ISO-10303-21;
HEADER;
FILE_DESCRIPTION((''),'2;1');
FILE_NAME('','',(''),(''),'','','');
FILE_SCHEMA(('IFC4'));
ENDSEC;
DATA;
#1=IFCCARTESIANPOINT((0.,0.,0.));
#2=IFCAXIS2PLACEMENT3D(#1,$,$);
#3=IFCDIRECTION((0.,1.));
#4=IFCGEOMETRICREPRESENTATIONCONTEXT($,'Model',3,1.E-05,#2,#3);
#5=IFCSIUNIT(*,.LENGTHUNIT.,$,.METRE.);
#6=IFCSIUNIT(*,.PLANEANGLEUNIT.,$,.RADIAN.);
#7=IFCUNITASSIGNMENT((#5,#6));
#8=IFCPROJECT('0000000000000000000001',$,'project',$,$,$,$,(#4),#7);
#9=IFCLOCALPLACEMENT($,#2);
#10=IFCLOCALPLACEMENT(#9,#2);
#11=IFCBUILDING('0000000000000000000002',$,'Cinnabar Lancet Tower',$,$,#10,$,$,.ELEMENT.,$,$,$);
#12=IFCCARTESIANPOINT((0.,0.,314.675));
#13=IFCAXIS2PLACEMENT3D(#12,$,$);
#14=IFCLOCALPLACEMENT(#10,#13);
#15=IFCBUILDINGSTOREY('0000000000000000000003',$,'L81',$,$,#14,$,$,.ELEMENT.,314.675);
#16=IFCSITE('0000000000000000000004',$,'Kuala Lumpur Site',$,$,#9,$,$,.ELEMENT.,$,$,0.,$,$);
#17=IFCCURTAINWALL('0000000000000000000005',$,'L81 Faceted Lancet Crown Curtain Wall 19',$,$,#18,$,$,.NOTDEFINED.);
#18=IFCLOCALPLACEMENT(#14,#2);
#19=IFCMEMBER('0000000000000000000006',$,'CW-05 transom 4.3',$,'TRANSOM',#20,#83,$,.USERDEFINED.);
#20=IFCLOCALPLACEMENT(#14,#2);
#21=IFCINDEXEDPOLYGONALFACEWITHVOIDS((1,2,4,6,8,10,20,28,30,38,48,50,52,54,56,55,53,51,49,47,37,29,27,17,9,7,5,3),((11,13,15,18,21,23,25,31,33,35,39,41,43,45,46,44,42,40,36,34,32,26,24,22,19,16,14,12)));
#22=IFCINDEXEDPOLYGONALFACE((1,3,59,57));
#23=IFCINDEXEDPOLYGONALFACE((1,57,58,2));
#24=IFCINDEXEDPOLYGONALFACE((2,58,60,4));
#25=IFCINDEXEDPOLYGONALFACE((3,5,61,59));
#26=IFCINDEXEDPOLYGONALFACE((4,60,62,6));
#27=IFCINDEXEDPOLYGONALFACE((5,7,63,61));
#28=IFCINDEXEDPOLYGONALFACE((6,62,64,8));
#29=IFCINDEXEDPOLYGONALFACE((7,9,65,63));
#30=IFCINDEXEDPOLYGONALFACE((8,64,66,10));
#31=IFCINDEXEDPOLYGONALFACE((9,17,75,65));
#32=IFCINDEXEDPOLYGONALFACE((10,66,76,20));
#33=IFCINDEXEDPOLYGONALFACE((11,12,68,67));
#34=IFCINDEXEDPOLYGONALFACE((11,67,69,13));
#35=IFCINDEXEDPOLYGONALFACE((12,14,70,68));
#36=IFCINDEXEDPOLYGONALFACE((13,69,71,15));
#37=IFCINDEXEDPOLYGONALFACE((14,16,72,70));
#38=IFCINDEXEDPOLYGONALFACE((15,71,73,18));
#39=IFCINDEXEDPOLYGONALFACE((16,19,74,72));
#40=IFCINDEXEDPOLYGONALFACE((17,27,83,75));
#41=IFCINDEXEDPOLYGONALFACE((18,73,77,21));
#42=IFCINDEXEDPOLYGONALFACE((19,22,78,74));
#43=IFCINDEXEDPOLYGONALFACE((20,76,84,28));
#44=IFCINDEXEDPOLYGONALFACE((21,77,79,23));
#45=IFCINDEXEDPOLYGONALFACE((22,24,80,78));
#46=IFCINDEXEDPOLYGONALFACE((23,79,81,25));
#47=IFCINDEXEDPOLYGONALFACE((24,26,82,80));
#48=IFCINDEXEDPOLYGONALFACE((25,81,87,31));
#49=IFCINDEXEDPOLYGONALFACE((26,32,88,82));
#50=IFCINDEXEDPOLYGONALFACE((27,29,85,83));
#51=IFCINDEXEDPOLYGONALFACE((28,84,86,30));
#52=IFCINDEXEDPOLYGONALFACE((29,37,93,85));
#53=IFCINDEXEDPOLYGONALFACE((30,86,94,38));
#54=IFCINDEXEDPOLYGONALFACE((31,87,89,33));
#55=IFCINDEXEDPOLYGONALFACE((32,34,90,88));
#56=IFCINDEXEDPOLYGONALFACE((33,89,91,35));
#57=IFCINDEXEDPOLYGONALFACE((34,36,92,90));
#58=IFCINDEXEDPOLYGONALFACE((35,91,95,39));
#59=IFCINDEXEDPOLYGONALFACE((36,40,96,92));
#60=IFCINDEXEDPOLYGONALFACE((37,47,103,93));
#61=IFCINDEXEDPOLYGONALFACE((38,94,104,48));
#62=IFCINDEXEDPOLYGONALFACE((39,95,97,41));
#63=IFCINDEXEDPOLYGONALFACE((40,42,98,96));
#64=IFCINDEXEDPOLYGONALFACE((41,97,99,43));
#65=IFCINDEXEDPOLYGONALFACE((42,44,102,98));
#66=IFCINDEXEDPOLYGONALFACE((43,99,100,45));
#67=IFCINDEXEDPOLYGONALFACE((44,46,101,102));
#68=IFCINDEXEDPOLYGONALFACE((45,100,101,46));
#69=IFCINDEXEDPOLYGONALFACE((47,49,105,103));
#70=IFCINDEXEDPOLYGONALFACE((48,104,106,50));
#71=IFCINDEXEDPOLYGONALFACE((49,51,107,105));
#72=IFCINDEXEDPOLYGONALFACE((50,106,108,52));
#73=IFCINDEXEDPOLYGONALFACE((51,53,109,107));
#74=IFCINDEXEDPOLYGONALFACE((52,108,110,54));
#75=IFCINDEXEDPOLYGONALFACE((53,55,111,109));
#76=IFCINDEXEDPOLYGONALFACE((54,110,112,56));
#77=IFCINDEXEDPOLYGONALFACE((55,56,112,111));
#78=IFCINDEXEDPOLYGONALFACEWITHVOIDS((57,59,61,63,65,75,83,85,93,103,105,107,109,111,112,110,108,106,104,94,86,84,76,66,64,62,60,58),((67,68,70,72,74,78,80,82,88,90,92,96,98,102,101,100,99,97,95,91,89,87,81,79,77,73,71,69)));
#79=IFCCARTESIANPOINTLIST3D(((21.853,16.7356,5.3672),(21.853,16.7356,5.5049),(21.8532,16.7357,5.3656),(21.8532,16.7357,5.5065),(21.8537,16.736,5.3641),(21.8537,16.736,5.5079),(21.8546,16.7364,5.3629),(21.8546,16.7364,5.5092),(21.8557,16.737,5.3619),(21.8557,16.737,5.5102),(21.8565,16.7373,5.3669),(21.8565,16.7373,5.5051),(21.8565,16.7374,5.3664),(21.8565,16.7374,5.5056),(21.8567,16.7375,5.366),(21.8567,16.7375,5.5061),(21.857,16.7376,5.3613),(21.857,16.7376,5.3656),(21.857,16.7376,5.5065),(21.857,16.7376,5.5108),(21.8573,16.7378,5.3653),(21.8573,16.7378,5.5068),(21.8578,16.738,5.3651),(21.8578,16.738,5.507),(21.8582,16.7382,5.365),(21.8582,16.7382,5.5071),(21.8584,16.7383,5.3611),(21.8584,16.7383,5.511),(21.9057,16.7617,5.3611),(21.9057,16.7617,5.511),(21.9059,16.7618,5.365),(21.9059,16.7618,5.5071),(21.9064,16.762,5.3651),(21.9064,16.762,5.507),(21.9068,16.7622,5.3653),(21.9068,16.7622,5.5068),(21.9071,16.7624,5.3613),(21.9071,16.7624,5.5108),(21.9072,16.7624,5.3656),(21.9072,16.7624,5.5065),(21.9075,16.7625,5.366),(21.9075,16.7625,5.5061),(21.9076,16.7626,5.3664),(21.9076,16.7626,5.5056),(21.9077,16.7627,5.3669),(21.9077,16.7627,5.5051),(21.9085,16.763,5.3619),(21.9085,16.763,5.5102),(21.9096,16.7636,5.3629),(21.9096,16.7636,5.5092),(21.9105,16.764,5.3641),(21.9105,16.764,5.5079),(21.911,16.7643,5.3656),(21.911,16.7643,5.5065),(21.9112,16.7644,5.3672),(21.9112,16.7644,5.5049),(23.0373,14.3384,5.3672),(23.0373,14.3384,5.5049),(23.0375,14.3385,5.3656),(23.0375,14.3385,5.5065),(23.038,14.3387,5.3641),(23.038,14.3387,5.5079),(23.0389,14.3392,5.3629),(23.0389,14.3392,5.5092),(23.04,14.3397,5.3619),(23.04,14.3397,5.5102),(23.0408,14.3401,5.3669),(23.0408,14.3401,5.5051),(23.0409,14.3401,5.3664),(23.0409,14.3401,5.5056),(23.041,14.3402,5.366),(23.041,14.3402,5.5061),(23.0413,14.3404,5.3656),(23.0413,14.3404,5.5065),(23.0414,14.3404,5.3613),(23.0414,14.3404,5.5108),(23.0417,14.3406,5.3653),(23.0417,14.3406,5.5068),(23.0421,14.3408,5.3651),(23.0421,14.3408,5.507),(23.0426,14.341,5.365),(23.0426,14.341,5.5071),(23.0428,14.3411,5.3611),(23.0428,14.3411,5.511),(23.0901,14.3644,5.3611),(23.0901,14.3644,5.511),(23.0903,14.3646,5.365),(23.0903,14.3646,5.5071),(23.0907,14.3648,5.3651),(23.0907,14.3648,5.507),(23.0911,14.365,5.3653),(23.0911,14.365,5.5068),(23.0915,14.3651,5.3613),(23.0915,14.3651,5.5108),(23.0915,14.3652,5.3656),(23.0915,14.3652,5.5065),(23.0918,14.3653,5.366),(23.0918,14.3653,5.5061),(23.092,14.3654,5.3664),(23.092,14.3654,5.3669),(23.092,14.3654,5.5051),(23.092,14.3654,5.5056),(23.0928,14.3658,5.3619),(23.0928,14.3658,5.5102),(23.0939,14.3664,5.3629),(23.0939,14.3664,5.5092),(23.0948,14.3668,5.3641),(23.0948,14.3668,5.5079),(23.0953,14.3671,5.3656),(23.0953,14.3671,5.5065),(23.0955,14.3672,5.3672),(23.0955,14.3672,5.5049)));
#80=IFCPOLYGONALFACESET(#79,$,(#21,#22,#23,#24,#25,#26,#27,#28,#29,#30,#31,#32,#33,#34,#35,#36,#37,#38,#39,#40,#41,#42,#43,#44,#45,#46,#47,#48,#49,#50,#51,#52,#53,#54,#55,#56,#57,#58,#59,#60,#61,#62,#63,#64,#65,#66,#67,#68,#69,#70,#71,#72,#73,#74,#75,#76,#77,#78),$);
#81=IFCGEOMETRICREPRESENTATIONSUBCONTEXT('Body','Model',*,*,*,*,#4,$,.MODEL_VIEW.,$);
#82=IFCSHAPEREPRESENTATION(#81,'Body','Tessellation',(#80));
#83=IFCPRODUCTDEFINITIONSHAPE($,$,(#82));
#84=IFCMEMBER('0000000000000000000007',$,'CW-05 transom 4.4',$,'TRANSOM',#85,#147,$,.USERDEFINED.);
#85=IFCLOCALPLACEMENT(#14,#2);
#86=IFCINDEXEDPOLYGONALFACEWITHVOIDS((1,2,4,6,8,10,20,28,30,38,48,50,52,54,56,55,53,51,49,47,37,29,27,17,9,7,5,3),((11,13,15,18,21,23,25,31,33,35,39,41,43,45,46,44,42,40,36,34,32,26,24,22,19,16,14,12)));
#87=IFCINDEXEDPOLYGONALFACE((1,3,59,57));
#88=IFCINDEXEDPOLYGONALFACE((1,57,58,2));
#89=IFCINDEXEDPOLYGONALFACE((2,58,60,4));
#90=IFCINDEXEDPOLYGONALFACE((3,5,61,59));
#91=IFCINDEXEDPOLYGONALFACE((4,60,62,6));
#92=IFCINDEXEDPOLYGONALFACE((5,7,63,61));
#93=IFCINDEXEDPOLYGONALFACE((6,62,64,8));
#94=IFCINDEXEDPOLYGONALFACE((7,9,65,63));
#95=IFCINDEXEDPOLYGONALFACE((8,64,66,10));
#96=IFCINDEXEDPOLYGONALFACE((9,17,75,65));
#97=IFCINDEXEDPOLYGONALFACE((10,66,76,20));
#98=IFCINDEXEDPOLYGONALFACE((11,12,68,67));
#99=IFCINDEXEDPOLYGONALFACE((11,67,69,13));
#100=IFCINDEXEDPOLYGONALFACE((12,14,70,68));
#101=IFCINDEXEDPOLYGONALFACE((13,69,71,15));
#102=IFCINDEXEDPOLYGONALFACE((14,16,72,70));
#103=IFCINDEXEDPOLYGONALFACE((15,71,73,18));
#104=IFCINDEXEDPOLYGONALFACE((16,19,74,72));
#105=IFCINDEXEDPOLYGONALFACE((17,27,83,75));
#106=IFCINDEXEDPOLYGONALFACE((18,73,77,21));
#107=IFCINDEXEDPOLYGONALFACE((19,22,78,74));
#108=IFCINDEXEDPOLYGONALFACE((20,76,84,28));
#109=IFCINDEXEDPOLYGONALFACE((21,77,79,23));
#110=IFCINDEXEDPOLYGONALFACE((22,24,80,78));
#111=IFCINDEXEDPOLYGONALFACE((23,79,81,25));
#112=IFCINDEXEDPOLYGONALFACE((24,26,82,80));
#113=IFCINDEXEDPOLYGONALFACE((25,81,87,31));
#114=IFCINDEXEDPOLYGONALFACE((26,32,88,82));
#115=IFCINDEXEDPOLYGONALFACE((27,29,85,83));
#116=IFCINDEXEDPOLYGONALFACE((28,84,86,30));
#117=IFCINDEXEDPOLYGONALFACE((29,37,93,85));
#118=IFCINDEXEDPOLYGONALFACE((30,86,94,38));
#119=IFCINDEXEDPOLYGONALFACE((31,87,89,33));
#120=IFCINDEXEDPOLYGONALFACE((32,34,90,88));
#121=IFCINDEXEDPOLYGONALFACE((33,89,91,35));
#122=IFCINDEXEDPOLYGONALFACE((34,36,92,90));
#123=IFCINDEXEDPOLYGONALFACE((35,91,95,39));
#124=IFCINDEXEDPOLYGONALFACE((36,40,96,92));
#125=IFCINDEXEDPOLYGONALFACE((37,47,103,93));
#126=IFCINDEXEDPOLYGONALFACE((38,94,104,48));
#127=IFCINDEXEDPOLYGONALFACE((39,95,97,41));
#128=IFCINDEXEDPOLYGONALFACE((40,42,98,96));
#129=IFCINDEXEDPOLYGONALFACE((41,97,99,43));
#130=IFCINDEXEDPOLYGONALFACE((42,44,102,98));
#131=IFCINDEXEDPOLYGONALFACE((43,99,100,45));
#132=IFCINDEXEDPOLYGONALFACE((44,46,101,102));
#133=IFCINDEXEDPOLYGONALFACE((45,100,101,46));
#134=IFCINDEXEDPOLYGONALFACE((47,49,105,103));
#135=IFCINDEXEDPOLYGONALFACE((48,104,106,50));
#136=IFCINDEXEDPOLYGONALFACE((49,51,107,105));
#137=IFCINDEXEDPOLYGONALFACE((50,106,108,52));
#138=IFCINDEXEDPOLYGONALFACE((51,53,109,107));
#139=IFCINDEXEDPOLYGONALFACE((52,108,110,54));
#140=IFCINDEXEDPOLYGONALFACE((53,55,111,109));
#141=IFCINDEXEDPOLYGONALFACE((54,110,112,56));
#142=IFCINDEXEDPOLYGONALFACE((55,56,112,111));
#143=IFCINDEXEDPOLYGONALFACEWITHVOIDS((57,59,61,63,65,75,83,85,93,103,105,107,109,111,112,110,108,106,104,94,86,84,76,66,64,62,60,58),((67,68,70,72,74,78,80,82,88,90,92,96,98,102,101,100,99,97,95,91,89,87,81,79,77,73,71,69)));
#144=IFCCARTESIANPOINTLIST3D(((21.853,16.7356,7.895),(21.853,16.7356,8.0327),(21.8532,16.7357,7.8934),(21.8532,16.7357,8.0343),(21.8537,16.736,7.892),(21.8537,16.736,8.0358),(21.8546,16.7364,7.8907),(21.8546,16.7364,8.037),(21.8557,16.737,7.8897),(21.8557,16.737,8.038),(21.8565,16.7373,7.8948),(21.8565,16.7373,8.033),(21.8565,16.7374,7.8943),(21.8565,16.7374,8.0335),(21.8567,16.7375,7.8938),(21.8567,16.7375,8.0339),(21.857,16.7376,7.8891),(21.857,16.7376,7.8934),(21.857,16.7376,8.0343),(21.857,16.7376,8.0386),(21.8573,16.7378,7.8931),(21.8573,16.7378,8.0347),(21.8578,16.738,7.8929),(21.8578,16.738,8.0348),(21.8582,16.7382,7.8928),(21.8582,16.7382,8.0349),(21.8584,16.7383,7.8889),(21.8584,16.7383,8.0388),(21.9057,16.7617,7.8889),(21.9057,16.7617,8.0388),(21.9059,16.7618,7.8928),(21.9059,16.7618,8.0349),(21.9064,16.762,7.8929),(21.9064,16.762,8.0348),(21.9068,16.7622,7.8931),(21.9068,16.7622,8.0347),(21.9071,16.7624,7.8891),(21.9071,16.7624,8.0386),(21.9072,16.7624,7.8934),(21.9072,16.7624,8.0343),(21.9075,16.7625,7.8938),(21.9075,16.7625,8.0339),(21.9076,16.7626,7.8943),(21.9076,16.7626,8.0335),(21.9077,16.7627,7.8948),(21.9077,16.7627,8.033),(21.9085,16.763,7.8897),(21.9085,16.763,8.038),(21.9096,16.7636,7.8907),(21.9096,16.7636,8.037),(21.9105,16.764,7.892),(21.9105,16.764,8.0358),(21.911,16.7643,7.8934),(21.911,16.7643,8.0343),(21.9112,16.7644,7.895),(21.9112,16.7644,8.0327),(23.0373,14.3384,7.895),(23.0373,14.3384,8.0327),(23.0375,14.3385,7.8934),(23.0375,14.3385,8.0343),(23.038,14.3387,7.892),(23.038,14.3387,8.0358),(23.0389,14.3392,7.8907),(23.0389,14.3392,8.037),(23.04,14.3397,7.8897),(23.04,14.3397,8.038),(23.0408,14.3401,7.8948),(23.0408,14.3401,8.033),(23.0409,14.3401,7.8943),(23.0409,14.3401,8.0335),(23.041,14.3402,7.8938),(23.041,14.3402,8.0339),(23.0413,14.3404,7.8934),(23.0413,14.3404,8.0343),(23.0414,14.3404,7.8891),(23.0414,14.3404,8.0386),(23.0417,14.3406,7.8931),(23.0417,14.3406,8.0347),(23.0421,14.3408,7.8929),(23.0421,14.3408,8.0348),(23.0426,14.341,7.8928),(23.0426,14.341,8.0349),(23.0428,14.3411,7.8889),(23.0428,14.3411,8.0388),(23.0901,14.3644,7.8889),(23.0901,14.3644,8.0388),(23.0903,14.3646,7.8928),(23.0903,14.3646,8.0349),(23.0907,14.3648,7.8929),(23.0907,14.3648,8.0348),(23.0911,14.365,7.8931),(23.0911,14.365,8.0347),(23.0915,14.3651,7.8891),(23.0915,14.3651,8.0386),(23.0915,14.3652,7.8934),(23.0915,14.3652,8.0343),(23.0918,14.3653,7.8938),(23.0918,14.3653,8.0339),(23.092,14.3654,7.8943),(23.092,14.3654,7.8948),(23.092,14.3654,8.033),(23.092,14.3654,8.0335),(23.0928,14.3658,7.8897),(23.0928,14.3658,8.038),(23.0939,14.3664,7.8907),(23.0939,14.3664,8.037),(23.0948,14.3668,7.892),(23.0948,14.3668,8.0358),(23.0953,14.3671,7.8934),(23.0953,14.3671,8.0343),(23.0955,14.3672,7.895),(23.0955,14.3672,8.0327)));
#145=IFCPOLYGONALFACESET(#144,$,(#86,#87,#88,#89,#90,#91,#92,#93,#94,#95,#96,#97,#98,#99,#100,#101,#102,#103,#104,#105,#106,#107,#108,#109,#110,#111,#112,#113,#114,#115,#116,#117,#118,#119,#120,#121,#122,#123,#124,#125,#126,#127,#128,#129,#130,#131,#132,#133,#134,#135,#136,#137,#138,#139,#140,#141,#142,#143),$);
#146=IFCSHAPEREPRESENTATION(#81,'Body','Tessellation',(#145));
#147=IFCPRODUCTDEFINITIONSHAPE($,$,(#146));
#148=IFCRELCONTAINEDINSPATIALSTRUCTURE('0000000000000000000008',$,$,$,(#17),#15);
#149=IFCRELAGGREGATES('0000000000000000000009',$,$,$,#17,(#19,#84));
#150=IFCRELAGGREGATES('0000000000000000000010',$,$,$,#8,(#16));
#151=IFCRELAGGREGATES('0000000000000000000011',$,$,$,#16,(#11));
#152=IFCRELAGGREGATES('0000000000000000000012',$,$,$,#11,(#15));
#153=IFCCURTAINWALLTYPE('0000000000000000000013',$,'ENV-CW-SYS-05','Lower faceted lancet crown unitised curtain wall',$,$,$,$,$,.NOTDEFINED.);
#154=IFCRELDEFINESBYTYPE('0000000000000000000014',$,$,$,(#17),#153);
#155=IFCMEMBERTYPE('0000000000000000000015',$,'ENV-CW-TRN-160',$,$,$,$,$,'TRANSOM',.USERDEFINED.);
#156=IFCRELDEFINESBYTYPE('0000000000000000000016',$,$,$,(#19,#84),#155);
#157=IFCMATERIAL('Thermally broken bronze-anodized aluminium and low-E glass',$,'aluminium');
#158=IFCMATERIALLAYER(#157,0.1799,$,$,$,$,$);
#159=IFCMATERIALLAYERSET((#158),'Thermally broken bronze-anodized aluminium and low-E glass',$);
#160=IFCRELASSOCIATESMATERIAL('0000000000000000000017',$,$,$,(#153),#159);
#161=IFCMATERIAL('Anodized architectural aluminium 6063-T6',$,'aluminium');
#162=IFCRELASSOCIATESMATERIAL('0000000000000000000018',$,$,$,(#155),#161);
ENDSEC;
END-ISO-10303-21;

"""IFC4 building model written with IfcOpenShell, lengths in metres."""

from ifc_helpers import new_model, si_unit, direction, frame, origin, origin_2d, place, context, subcontext, project, spatial, hollow_rectangle, extrude, material, layer, layer_set, material_profile, profile_set, type_object, element, aggregate, save


model = new_model("IFC4")

# Units and contexts
model_context = context("Model", 3, precision=1e-05, world=origin(), true_north=direction((0.0, 1.0)))
body_context = subcontext(model_context, "Body", "Model", "MODEL_VIEW")
ifc_project = project(units=[si_unit("LENGTHUNIT", "METRE"), si_unit("PLANEANGLEUNIT", "RADIAN")], contexts=[model_context])

# Site, building, storey
site_placement = place(None, origin())
site = spatial("IfcSite", under=ifc_project, at=site_placement, Name="Kuala Lumpur Site", CompositionType="ELEMENT", RefElevation=0.0)
building_placement = place(site_placement, origin())
building = spatial("IfcBuilding", under=site, at=building_placement, Name="Cinnabar Lancet Tower", CompositionType="ELEMENT")
storey_placement = place(building_placement, frame((0.0, 0.0, 314.675)))
storey = spatial("IfcBuildingStorey", under=building, at=storey_placement, Name="L81", CompositionType="ELEMENT", Elevation=314.675)

# Curtain wall
ifc_material_1 = material(Name="Thermally broken bronze-anodized aluminium and low-E glass", Category="aluminium")
ifc_layer_1 = layer(ifc_material_1, 0.1799)
ifc_layer_set_1 = layer_set([ifc_layer_1], Name="Thermally broken bronze-anodized aluminium and low-E glass")
curtain_wall_type = type_object("IfcCurtainWallType", Name="ENV-CW-SYS-05", Description="Lower faceted lancet crown unitised curtain wall", PredefinedType="NOTDEFINED", material=ifc_layer_set_1)
curtain_wall_1_placement = place(storey_placement, origin())
curtain_wall_1 = element("IfcCurtainWall", 1, at=curtain_wall_1_placement, inside=storey, type_object=curtain_wall_type, Name="L81 Faceted Lancet Crown Curtain Wall 19", PredefinedType="NOTDEFINED")

# Members
ifc_material_2 = material(Name="Anodized architectural aluminium 6063-T6", Category="aluminium")
ifc_material_profile_1 = material_profile(ifc_material_2, hollow_rectangle(XDim=0.0649, YDim=0.1499, WallThickness=0.0039, InnerFilletRadius=0.002, OuterFilletRadius=0.0061, at=origin_2d()), Name="CW-TRN 150x65x4")
ifc_profile_set_1 = profile_set([ifc_material_profile_1], Name="Anodized architectural aluminium 6063-T6")
member_type_1 = type_object("IfcMemberType", Name="ENV-CW-TRN-160", ElementType="TRANSOM", PredefinedType="USERDEFINED", material=ifc_profile_set_1)
member_1_placement = place(storey_placement, frame((21.8821, 16.75, 5.436), z_axis=(0.442935, -0.896554, 0.0), x_axis=(0.896554, 0.442935, 0.0)))
member_1 = element("IfcMember", 2, at=member_1_placement, type_object=member_type_1, Name="CW-05 transom 4.3", ObjectType="TRANSOM", PredefinedType="USERDEFINED", context=body_context, shape_type="SweptSolid", body=[
    extrude(hollow_rectangle(XDim=0.0649, YDim=0.1499, WallThickness=0.0039, InnerFilletRadius=0.002, OuterFilletRadius=0.0061, at=origin_2d()), origin(), (0.0, 0.0, 1.0), 2.6738),
])
member_2_placement = place(storey_placement, frame((21.8821, 16.75, 7.9639), z_axis=(0.442935, -0.896554, 0.0), x_axis=(0.896554, 0.442935, 0.0)))
member_2 = element("IfcMember", 3, at=member_2_placement, type_object=member_type_1, Name="CW-05 transom 4.4", ObjectType="TRANSOM", PredefinedType="USERDEFINED", context=body_context, shape_type="SweptSolid", body=[
    extrude(hollow_rectangle(XDim=0.0649, YDim=0.1499, WallThickness=0.0039, InnerFilletRadius=0.002, OuterFilletRadius=0.0061, at=origin_2d()), origin(), (0.0, 0.0, 1.0), 2.6738),
])

aggregate(curtain_wall_1, [member_1, member_2])

save(model, "model.ifc")
